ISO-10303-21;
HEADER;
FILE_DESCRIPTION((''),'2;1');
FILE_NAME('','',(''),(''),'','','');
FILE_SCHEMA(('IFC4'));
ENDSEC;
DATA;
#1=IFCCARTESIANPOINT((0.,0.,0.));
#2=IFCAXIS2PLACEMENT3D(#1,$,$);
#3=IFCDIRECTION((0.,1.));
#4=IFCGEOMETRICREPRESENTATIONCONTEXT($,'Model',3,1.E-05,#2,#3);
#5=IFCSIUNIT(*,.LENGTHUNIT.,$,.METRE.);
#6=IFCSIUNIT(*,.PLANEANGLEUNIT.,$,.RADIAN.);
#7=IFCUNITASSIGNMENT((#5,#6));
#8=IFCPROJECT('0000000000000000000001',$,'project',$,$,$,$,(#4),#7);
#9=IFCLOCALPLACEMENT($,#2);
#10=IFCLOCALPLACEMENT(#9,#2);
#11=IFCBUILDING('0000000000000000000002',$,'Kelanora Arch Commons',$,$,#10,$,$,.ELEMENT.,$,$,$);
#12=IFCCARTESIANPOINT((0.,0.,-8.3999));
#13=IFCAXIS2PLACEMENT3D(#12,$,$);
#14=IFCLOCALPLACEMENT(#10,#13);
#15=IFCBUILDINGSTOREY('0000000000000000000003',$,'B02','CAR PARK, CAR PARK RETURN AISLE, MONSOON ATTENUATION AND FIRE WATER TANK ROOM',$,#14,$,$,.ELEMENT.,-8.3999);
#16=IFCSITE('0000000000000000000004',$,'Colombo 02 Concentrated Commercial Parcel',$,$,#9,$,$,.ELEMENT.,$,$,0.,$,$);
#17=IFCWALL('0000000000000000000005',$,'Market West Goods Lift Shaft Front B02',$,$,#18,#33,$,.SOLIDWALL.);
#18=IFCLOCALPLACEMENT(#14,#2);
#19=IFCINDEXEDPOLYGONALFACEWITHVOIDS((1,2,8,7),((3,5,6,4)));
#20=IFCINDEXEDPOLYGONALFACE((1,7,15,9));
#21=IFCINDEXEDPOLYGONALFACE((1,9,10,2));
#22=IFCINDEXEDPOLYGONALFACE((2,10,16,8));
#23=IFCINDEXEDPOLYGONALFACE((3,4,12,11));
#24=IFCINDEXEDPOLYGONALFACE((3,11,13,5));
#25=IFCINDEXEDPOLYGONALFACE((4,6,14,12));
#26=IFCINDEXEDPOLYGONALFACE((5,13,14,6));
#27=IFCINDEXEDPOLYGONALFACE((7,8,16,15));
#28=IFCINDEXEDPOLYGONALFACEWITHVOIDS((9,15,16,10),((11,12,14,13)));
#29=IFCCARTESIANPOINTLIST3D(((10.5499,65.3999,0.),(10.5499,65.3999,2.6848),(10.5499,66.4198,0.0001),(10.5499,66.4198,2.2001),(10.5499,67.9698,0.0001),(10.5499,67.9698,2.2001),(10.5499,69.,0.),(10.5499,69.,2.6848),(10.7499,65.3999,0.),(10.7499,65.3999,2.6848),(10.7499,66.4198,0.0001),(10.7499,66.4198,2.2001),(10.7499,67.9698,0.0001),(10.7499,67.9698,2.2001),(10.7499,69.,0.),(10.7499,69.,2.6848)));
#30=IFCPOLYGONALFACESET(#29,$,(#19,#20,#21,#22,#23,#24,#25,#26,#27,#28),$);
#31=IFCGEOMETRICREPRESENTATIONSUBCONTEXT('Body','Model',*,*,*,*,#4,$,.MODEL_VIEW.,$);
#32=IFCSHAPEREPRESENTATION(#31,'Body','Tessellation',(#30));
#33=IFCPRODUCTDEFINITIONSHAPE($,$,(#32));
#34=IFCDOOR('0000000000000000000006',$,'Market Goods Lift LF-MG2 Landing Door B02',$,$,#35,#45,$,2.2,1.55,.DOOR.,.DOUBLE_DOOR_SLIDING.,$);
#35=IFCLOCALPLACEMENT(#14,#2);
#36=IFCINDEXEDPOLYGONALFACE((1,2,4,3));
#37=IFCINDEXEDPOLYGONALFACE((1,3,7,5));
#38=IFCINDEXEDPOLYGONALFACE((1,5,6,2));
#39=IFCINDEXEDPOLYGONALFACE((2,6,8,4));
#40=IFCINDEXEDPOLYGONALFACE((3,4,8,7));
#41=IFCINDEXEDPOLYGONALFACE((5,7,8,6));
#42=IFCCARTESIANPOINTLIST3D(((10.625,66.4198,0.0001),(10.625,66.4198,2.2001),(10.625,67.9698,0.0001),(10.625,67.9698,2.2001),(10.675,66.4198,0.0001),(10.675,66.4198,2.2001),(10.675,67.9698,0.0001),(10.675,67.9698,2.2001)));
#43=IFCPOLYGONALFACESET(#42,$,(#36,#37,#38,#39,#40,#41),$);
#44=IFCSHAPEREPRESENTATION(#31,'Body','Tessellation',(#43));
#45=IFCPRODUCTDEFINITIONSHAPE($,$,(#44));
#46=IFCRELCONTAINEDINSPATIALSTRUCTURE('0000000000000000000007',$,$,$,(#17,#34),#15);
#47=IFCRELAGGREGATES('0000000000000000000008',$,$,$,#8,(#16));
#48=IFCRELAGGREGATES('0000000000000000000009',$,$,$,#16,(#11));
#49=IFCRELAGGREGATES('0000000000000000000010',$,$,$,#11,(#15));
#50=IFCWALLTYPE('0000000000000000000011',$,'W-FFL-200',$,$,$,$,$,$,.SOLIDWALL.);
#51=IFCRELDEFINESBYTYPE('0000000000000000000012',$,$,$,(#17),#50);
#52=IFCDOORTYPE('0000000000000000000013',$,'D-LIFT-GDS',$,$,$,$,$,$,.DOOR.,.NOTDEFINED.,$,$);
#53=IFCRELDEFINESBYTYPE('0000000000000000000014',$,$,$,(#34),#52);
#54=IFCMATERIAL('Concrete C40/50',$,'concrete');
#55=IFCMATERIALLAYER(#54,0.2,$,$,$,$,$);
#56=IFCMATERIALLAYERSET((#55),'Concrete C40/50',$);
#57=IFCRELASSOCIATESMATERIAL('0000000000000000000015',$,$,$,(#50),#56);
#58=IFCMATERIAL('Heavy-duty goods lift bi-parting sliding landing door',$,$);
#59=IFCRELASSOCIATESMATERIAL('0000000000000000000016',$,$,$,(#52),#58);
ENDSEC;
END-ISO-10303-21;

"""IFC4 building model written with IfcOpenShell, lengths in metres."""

from ifc_helpers import new_model, si_unit, direction, frame, frame_2d, origin, place, context, subcontext, project, spatial, rectangle, extrude, material, layer, layer_set, type_object, element, fill, save


model = new_model("IFC4")

# Units and contexts
model_context = context("Model", 3, precision=1e-05, world=origin(), true_north=direction((0.0, 1.0)))
body_context = subcontext(model_context, "Body", "Model", "MODEL_VIEW")
ifc_project = project(units=[si_unit("LENGTHUNIT", "METRE"), si_unit("PLANEANGLEUNIT", "RADIAN")], contexts=[model_context])

# Site, building, storey
site_placement = place(None, origin())
site = spatial("IfcSite", under=ifc_project, at=site_placement, Name="Colombo 02 Concentrated Commercial Parcel", CompositionType="ELEMENT", RefElevation=0.0)
building_placement = place(site_placement, origin())
building = spatial("IfcBuilding", under=site, at=building_placement, Name="Kelanora Arch Commons", CompositionType="ELEMENT")
storey_placement = place(building_placement, frame((0.0, 0.0, -8.3999)))
storey = spatial("IfcBuildingStorey", under=building, at=storey_placement, Name="B02", Description="CAR PARK, CAR PARK RETURN AISLE, MONSOON ATTENUATION AND FIRE WATER TANK ROOM", CompositionType="ELEMENT", Elevation=-8.3999)

# Shared definitions
ifc_material_1 = material(Name="Concrete C40/50", Category="concrete")

# Wall, opening, door
ifc_layer = layer(ifc_material_1, 0.2)
ifc_layer_set = layer_set([ifc_layer], Name="Concrete C40/50")
wall_type = type_object("IfcWallType", Name="W-FFL-200", PredefinedType="SOLIDWALL", material=ifc_layer_set)
wall_placement = place(storey_placement, frame((10.6499, 65.3999, 0.0), z_axis=(0.0, 0.0, 1.0), x_axis=(0.0, 1.0, 0.0)))
wall = element("IfcWall", 1, at=wall_placement, inside=storey, type_object=wall_type, Name="Market West Goods Lift Shaft Front B02", PredefinedType="SOLIDWALL", context=body_context, shape_type="SweptSolid", body=[
    extrude(rectangle(XDim=3.6001, YDim=0.2, at=frame_2d((1.8, 0.0))), origin(), (0.0, 0.0, 1.0), 2.6848),
])
opening_placement = place(wall_placement, frame((1.02, 0.0, 0.0)))
opening = element("IfcOpeningElement", 2, at=opening_placement, cuts=wall, PredefinedType="OPENING", context=body_context, shape_type="SweptSolid", body=[
    extrude(rectangle(XDim=1.55, YDim=2.2, at=frame_2d((0.7749, 1.1001))), frame((0.0, 0.1099, 0.0), z_axis=(0.0, -1.0, 0.0), x_axis=(1.0, 0.0, 0.0)), (0.0, 0.0, 1.0), 0.22),
])
ifc_material_2 = material(Name="Heavy-duty goods lift bi-parting sliding landing door")
door_type = type_object("IfcDoorType", Name="D-LIFT-GDS", OperationType="NOTDEFINED", PredefinedType="DOOR", material=ifc_material_2)
door_placement = place(opening_placement, origin())
door = element("IfcDoor", 3, at=door_placement, inside=storey, type_object=door_type, Name="Market Goods Lift LF-MG2 Landing Door B02", OperationType="DOUBLE_DOOR_SLIDING", OverallHeight=2.2, OverallWidth=1.55, PredefinedType="DOOR", context=body_context, shape_type="SweptSolid", body=[
    extrude(rectangle(XDim=1.55, YDim=2.2, at=frame_2d((0.7749, 1.1001))), frame((0.0, 0.0249, 0.0), z_axis=(0.0, -1.0, 0.0), x_axis=(1.0, 0.0, 0.0)), (0.0, 0.0, 1.0), 0.05),
])
fill(opening, door)

save(model, "model.ifc")
